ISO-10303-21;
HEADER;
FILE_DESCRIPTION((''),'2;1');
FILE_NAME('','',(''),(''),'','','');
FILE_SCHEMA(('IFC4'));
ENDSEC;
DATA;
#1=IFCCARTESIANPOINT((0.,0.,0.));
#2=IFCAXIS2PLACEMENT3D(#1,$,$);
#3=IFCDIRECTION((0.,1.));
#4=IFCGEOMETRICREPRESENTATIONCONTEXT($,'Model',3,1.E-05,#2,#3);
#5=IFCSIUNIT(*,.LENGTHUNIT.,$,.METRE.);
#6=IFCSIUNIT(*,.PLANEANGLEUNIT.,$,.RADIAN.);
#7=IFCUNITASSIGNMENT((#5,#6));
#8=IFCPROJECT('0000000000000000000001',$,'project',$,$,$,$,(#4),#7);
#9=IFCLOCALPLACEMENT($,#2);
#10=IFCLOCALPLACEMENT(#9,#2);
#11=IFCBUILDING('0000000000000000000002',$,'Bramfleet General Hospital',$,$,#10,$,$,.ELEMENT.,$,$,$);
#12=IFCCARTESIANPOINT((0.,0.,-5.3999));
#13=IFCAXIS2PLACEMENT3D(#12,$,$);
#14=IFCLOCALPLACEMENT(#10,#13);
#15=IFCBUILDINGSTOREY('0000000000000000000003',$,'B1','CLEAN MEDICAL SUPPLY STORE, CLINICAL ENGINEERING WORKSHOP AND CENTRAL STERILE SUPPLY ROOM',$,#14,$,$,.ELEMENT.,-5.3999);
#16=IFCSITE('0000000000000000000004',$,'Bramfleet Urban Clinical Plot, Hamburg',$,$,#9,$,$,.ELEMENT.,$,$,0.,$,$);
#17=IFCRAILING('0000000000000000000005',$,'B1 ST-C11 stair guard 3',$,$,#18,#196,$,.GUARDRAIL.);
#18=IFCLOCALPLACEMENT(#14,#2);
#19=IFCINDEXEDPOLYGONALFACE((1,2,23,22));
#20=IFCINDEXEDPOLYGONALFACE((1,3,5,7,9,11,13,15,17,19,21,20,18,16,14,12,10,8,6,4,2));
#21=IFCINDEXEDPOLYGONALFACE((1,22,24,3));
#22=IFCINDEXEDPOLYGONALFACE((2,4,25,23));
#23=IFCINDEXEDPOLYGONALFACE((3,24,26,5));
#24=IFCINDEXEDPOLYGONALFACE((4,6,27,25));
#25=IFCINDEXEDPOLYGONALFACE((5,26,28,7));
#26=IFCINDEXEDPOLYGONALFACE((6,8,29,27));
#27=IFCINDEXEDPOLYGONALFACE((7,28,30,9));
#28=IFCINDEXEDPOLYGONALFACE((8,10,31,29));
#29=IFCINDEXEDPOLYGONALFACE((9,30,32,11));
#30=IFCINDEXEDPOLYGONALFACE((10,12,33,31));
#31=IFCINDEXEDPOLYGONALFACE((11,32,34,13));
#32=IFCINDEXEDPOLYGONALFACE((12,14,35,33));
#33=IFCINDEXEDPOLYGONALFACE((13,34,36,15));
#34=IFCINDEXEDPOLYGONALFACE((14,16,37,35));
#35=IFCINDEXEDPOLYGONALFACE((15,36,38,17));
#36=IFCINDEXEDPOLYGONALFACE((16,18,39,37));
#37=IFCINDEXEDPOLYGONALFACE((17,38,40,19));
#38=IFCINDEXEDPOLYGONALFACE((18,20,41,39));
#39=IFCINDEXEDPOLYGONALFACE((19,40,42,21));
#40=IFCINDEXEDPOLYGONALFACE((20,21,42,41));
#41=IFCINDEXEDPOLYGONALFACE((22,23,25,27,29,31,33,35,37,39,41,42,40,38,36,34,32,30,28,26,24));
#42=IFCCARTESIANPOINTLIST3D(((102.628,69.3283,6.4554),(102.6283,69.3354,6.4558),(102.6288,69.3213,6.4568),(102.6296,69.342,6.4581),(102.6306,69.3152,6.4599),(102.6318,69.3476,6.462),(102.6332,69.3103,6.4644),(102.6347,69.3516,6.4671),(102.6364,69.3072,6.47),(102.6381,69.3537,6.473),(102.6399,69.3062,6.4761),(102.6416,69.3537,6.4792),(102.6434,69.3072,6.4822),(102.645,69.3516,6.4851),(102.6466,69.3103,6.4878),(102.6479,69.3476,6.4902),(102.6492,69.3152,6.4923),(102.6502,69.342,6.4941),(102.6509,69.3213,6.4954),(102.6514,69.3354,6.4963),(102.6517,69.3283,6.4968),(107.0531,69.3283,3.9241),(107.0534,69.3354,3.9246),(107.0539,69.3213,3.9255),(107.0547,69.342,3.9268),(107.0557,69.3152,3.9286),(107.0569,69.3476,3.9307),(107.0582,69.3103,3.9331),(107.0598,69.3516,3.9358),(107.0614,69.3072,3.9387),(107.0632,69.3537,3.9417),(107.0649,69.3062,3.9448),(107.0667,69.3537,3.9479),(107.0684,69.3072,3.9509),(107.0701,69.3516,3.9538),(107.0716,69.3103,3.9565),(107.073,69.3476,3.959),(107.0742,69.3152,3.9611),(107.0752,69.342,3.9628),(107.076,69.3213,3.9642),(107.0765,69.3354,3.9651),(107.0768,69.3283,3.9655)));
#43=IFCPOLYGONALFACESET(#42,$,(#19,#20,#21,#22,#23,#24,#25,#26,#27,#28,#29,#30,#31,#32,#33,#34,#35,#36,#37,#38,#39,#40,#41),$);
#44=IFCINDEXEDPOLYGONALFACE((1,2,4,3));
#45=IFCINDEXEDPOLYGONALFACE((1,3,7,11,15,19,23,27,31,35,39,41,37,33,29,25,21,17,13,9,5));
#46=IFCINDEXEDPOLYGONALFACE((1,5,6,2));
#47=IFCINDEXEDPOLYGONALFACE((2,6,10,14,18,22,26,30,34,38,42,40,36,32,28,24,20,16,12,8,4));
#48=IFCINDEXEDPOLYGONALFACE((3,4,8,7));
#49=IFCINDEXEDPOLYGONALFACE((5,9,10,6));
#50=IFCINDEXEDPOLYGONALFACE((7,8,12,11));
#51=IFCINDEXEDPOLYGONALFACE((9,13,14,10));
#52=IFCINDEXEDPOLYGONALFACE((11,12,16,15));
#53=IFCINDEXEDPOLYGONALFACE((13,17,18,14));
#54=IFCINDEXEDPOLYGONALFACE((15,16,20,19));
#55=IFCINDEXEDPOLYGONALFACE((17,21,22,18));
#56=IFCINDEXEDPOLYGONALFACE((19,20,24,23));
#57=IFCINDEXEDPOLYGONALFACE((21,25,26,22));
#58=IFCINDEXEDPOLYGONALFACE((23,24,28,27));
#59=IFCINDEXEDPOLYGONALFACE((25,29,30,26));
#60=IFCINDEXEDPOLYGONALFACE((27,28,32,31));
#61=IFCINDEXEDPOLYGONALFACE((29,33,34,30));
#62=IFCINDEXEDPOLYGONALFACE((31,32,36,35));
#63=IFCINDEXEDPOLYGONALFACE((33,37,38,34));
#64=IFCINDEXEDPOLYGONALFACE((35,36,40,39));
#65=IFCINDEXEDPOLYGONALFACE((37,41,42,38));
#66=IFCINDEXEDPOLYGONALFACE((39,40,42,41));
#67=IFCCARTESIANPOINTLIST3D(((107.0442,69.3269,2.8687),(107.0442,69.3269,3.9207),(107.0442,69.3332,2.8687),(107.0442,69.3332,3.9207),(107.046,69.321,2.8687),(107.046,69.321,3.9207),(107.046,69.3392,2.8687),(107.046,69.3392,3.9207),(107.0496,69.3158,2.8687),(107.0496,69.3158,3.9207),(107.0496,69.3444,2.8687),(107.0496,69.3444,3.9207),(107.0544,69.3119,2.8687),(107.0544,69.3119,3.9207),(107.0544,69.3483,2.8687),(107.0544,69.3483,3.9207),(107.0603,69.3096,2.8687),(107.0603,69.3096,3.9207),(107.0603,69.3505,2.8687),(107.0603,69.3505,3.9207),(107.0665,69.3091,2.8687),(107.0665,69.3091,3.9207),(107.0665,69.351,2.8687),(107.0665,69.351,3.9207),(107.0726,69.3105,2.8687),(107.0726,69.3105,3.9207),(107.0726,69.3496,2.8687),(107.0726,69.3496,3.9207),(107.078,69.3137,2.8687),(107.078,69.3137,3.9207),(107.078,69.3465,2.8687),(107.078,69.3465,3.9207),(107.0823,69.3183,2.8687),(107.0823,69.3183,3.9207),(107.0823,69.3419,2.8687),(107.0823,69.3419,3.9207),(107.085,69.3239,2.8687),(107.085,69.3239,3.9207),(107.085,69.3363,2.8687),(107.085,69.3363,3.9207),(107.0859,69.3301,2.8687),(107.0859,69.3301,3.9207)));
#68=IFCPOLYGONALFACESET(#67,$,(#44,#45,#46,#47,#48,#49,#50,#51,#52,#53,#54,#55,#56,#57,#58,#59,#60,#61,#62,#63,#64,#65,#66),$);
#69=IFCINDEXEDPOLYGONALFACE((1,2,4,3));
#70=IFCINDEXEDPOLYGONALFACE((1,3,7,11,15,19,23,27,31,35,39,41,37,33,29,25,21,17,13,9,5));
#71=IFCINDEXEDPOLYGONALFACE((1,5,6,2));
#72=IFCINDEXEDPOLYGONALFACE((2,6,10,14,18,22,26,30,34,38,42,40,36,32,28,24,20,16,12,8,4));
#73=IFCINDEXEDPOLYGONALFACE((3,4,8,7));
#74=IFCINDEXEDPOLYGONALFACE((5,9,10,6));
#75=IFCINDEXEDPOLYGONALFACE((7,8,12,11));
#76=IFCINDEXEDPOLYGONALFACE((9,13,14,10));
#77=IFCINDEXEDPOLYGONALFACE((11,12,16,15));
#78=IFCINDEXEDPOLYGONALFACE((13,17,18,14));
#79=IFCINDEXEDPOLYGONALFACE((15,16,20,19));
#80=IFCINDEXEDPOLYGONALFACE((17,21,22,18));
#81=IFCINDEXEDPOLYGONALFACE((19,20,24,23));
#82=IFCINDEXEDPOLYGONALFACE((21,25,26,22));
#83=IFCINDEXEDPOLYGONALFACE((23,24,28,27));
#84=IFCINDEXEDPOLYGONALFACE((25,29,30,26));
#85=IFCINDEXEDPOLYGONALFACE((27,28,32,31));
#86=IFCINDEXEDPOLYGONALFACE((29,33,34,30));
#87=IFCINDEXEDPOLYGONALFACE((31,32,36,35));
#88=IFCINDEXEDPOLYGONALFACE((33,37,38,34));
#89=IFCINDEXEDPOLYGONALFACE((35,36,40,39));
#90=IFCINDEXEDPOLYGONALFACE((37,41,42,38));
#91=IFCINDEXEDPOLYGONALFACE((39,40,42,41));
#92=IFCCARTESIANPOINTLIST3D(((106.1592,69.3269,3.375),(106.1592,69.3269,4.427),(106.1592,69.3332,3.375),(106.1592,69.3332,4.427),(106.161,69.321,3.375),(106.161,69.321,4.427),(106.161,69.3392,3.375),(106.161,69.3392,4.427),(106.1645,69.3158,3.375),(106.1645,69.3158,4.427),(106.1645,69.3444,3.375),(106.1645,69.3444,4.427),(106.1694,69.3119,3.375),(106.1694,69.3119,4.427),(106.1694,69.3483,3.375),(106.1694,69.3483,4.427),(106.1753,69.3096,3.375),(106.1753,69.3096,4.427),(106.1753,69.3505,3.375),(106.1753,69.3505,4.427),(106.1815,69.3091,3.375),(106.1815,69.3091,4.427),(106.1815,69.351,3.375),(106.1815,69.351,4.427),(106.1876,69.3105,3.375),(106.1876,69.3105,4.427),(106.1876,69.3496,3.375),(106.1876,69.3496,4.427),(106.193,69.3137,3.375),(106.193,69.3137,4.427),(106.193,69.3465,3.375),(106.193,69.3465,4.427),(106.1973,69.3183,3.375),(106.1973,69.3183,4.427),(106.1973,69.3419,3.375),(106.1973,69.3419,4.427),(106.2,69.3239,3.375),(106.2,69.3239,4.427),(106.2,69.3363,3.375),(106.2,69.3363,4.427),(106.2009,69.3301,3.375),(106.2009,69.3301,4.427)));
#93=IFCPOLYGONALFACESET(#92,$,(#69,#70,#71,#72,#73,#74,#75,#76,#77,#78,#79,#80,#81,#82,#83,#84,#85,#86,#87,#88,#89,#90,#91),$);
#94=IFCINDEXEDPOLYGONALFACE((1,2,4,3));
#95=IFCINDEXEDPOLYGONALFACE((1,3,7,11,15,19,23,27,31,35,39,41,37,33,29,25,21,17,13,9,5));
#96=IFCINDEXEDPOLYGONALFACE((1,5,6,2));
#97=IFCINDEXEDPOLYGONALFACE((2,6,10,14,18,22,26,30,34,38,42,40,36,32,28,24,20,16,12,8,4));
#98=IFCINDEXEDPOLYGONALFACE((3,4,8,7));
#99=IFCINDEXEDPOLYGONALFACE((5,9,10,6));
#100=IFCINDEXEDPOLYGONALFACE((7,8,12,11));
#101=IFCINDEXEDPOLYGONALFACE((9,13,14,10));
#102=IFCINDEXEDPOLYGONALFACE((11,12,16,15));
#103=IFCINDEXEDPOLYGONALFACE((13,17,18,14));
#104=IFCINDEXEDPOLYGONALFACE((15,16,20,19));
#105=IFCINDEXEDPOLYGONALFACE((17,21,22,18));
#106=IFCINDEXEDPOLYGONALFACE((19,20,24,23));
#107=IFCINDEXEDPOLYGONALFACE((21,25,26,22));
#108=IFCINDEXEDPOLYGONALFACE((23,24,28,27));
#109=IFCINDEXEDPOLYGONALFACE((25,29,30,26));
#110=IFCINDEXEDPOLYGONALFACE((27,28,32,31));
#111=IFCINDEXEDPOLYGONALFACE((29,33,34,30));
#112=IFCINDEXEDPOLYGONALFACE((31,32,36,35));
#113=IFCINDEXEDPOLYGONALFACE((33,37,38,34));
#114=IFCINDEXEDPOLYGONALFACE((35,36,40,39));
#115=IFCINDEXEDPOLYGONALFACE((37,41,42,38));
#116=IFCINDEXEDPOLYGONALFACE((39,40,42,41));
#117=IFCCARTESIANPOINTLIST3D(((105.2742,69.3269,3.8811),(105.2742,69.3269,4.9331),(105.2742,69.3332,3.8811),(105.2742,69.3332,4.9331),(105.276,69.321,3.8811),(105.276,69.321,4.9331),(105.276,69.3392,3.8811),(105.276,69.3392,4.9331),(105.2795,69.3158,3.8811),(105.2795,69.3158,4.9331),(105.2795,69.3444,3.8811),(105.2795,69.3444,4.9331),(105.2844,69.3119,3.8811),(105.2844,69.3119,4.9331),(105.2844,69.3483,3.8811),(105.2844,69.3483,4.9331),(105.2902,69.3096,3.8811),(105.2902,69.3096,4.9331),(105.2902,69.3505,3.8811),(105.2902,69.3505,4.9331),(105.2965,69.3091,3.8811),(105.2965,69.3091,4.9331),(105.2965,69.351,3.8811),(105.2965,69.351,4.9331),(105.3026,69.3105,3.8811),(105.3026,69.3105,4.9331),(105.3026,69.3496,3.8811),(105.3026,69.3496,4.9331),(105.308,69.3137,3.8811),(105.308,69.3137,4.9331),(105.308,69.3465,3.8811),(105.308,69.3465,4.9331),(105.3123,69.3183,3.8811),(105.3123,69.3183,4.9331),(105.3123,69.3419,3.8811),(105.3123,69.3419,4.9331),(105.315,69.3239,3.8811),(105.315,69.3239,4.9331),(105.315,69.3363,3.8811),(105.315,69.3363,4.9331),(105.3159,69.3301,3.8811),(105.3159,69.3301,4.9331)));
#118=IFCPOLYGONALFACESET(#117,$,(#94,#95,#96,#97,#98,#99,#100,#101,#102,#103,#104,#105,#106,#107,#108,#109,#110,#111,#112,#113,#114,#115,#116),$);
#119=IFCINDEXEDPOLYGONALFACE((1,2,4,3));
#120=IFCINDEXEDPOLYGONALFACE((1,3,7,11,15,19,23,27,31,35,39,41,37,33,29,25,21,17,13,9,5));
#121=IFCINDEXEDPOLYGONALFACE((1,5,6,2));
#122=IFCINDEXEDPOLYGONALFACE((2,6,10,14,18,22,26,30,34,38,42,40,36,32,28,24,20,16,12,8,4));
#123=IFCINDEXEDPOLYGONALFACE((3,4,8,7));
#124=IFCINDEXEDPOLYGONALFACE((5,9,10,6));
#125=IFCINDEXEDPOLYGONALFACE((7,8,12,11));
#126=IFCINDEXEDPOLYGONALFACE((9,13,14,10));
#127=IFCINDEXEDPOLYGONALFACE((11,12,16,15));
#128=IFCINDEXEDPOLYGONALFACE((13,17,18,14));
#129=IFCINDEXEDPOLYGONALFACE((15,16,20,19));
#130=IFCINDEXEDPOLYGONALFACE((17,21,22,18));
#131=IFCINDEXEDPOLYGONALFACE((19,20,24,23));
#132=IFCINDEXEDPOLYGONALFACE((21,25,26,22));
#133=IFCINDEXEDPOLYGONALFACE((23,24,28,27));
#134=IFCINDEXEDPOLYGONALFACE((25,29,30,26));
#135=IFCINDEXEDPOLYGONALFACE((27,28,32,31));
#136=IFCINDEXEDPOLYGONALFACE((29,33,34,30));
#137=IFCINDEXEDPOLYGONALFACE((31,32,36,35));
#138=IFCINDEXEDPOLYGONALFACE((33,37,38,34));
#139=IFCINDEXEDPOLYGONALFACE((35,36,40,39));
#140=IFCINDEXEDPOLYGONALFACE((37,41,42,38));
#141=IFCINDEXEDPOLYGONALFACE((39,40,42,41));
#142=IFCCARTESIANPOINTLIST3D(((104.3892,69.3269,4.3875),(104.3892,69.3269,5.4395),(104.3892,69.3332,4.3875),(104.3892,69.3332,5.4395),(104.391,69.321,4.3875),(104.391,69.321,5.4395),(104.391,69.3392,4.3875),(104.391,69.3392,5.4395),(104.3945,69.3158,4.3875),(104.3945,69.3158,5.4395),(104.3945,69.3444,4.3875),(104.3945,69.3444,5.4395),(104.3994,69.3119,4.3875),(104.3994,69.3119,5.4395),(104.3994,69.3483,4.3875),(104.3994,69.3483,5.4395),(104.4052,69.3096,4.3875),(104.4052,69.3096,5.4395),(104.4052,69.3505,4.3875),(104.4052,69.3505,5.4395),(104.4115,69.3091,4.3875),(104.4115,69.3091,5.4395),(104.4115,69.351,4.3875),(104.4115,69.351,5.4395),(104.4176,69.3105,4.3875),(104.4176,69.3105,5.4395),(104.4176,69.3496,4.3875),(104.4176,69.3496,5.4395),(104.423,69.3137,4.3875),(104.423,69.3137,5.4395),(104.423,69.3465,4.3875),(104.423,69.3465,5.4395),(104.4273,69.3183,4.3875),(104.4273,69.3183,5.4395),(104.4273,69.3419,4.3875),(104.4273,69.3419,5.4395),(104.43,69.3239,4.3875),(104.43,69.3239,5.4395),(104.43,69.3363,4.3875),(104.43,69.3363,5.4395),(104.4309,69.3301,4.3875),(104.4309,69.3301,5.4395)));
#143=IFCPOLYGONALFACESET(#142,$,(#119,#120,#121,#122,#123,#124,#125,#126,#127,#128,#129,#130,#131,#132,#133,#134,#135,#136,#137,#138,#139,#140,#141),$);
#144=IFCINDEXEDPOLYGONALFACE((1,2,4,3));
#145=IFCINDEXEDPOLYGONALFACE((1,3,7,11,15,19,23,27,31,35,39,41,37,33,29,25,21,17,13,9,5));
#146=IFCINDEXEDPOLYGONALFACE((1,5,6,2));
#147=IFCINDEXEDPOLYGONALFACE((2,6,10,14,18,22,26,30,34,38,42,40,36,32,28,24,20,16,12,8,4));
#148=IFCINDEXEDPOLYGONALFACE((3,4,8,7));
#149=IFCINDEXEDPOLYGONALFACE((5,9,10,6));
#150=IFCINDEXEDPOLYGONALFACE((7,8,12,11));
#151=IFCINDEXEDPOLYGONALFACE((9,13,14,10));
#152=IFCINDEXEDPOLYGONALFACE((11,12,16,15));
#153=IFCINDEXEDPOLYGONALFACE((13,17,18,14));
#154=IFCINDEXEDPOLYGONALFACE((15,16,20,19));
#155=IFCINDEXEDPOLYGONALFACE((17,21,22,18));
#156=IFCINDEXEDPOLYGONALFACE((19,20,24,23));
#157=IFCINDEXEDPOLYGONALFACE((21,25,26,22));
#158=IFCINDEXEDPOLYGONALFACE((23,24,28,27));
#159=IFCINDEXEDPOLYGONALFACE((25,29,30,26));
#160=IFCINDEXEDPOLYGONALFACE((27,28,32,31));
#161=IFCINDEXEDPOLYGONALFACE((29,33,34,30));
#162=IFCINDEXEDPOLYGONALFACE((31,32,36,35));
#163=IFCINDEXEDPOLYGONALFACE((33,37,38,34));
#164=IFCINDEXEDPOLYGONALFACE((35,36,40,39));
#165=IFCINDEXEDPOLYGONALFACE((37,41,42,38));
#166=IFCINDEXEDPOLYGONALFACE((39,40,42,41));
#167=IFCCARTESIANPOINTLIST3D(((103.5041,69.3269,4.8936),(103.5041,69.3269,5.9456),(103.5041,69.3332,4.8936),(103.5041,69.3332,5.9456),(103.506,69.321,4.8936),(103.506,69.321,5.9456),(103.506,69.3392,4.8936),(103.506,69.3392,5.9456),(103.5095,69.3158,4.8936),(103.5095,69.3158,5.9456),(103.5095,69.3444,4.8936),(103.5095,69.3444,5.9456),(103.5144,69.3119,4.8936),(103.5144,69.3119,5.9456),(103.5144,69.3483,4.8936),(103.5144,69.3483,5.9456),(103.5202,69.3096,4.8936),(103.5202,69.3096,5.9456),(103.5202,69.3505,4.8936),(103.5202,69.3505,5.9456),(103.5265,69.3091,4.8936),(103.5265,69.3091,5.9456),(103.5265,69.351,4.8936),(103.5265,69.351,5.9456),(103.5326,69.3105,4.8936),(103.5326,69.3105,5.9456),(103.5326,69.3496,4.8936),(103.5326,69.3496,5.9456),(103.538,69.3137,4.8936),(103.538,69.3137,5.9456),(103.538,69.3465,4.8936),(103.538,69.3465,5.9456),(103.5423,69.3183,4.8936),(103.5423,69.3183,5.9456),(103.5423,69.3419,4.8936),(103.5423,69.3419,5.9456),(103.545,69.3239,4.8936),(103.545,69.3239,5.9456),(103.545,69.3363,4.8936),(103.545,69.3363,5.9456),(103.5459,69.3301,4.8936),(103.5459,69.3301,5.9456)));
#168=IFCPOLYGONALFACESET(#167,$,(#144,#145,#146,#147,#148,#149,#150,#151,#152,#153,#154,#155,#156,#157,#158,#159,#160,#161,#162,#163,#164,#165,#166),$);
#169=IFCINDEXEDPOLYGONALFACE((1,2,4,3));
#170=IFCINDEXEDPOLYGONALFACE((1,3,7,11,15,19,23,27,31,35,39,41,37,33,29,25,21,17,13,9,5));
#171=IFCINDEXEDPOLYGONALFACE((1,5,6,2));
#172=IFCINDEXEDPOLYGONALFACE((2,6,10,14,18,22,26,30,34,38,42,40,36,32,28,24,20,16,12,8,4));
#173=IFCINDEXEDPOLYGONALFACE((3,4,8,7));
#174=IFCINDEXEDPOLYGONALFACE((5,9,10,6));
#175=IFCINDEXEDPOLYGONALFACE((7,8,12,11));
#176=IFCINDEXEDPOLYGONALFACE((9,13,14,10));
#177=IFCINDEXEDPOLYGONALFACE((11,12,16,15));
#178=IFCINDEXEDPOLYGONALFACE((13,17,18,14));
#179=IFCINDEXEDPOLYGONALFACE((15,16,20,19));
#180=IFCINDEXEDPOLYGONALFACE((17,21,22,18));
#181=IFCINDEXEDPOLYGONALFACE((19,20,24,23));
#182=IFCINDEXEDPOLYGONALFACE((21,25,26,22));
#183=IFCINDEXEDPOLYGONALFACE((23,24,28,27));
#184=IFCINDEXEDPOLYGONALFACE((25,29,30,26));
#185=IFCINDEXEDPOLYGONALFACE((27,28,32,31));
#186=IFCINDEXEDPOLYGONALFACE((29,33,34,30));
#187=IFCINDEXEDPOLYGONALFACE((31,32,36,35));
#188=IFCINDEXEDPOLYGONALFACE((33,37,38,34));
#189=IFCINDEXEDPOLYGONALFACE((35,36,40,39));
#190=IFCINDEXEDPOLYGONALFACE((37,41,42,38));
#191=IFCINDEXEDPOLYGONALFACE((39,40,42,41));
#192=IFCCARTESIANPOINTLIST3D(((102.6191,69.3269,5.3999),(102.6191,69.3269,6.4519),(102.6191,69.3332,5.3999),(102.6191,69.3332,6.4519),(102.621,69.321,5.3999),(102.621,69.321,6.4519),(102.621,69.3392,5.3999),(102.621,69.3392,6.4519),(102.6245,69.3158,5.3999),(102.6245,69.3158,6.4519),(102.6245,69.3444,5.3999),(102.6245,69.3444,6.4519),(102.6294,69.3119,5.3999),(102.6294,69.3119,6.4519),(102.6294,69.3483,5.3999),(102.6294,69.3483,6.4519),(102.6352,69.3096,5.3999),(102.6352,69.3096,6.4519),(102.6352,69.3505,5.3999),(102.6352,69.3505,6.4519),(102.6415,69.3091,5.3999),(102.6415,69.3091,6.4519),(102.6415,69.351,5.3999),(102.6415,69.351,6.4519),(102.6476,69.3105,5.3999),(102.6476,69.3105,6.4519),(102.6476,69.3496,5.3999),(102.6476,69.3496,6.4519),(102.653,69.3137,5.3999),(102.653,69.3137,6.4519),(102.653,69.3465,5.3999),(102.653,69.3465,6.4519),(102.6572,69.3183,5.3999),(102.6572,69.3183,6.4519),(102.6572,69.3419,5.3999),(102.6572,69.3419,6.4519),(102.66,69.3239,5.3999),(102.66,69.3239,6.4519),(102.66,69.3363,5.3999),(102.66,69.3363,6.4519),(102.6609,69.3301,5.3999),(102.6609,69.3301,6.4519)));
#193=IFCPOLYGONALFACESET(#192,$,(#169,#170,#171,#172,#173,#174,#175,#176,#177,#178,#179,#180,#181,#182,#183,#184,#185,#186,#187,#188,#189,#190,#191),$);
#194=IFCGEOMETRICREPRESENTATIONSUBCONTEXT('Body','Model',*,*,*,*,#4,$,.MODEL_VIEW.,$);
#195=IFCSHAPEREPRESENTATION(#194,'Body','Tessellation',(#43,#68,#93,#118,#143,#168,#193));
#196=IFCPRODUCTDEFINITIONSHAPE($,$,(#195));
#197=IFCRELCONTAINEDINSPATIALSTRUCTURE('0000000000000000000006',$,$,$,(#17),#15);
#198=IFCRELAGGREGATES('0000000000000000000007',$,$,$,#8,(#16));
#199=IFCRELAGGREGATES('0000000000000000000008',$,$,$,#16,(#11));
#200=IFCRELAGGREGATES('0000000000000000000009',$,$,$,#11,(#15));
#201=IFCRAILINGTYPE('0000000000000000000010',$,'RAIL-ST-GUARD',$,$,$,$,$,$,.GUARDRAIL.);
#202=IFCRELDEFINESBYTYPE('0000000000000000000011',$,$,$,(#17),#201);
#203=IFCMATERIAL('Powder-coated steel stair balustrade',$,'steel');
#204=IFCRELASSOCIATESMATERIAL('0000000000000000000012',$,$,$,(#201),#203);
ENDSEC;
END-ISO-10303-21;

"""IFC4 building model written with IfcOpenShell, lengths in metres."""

from ifc_helpers import new_model, si_unit, direction, frame, origin, origin_2d, place, context, subcontext, project, spatial, circle, extrude, material, type_object, element, save


model = new_model("IFC4")

# Units and contexts
model_context = context("Model", 3, precision=1e-05, world=origin(), true_north=direction((0.0, 1.0)))
body_context = subcontext(model_context, "Body", "Model", "MODEL_VIEW")
ifc_project = project(units=[si_unit("LENGTHUNIT", "METRE"), si_unit("PLANEANGLEUNIT", "RADIAN")], contexts=[model_context])

# Site, building, storey
site_placement = place(None, origin())
site = spatial("IfcSite", under=ifc_project, at=site_placement, Name="Bramfleet Urban Clinical Plot, Hamburg", CompositionType="ELEMENT", RefElevation=0.0)
building_placement = place(site_placement, origin())
building = spatial("IfcBuilding", under=site, at=building_placement, Name="Bramfleet General Hospital", CompositionType="ELEMENT")
storey_placement = place(building_placement, frame((0.0, 0.0, -5.3999)))
storey = spatial("IfcBuildingStorey", under=building, at=storey_placement, Name="B1", Description="CLEAN MEDICAL SUPPLY STORE, CLINICAL ENGINEERING WORKSHOP AND CENTRAL STERILE SUPPLY ROOM", CompositionType="ELEMENT", Elevation=-5.3999)

# Railing
ifc_material_1 = material(Name="Powder-coated steel stair balustrade", Category="steel")
railing_type_1 = type_object("IfcRailingType", Name="RAIL-ST-GUARD", PredefinedType="GUARDRAIL", material=ifc_material_1)
railing_1_placement = place(storey_placement, frame((107.0649, 69.3301, 2.8687)))
element("IfcRailing", 1, at=railing_1_placement, inside=storey, type_object=railing_type_1, Name="B1 ST-C11 stair guard 3", PredefinedType="GUARDRAIL", context=body_context, shape_type="SweptSolid", body=[
    extrude(circle(Radius=0.0239, at=origin_2d()), frame((0.0, 0.0, 1.0762), z_axis=(-0.868019, 0.0, 0.496531), x_axis=(0.0, -1.0, 0.0)), (0.0, 0.0, 1.0), 5.0979),
    extrude(circle(Radius=0.021, at=origin_2d()), origin(), (0.0, 0.0, 1.0), 1.052),
    extrude(circle(Radius=0.021, at=origin_2d()), frame((-0.885, 0.0, 0.5063)), (0.0, 0.0, 1.0), 1.052),
    extrude(circle(Radius=0.021, at=origin_2d()), frame((-1.77, 0.0, 1.0125)), (0.0, 0.0, 1.0), 1.052),
    extrude(circle(Radius=0.021, at=origin_2d()), frame((-2.655, 0.0, 1.5188)), (0.0, 0.0, 1.0), 1.052),
    extrude(circle(Radius=0.021, at=origin_2d()), frame((-3.54, 0.0, 2.0249)), (0.0, 0.0, 1.0), 1.052),
    extrude(circle(Radius=0.021, at=origin_2d()), frame((-4.425, 0.0, 2.5312)), (0.0, 0.0, 1.0), 1.052),
])

save(model, "model.ifc")
